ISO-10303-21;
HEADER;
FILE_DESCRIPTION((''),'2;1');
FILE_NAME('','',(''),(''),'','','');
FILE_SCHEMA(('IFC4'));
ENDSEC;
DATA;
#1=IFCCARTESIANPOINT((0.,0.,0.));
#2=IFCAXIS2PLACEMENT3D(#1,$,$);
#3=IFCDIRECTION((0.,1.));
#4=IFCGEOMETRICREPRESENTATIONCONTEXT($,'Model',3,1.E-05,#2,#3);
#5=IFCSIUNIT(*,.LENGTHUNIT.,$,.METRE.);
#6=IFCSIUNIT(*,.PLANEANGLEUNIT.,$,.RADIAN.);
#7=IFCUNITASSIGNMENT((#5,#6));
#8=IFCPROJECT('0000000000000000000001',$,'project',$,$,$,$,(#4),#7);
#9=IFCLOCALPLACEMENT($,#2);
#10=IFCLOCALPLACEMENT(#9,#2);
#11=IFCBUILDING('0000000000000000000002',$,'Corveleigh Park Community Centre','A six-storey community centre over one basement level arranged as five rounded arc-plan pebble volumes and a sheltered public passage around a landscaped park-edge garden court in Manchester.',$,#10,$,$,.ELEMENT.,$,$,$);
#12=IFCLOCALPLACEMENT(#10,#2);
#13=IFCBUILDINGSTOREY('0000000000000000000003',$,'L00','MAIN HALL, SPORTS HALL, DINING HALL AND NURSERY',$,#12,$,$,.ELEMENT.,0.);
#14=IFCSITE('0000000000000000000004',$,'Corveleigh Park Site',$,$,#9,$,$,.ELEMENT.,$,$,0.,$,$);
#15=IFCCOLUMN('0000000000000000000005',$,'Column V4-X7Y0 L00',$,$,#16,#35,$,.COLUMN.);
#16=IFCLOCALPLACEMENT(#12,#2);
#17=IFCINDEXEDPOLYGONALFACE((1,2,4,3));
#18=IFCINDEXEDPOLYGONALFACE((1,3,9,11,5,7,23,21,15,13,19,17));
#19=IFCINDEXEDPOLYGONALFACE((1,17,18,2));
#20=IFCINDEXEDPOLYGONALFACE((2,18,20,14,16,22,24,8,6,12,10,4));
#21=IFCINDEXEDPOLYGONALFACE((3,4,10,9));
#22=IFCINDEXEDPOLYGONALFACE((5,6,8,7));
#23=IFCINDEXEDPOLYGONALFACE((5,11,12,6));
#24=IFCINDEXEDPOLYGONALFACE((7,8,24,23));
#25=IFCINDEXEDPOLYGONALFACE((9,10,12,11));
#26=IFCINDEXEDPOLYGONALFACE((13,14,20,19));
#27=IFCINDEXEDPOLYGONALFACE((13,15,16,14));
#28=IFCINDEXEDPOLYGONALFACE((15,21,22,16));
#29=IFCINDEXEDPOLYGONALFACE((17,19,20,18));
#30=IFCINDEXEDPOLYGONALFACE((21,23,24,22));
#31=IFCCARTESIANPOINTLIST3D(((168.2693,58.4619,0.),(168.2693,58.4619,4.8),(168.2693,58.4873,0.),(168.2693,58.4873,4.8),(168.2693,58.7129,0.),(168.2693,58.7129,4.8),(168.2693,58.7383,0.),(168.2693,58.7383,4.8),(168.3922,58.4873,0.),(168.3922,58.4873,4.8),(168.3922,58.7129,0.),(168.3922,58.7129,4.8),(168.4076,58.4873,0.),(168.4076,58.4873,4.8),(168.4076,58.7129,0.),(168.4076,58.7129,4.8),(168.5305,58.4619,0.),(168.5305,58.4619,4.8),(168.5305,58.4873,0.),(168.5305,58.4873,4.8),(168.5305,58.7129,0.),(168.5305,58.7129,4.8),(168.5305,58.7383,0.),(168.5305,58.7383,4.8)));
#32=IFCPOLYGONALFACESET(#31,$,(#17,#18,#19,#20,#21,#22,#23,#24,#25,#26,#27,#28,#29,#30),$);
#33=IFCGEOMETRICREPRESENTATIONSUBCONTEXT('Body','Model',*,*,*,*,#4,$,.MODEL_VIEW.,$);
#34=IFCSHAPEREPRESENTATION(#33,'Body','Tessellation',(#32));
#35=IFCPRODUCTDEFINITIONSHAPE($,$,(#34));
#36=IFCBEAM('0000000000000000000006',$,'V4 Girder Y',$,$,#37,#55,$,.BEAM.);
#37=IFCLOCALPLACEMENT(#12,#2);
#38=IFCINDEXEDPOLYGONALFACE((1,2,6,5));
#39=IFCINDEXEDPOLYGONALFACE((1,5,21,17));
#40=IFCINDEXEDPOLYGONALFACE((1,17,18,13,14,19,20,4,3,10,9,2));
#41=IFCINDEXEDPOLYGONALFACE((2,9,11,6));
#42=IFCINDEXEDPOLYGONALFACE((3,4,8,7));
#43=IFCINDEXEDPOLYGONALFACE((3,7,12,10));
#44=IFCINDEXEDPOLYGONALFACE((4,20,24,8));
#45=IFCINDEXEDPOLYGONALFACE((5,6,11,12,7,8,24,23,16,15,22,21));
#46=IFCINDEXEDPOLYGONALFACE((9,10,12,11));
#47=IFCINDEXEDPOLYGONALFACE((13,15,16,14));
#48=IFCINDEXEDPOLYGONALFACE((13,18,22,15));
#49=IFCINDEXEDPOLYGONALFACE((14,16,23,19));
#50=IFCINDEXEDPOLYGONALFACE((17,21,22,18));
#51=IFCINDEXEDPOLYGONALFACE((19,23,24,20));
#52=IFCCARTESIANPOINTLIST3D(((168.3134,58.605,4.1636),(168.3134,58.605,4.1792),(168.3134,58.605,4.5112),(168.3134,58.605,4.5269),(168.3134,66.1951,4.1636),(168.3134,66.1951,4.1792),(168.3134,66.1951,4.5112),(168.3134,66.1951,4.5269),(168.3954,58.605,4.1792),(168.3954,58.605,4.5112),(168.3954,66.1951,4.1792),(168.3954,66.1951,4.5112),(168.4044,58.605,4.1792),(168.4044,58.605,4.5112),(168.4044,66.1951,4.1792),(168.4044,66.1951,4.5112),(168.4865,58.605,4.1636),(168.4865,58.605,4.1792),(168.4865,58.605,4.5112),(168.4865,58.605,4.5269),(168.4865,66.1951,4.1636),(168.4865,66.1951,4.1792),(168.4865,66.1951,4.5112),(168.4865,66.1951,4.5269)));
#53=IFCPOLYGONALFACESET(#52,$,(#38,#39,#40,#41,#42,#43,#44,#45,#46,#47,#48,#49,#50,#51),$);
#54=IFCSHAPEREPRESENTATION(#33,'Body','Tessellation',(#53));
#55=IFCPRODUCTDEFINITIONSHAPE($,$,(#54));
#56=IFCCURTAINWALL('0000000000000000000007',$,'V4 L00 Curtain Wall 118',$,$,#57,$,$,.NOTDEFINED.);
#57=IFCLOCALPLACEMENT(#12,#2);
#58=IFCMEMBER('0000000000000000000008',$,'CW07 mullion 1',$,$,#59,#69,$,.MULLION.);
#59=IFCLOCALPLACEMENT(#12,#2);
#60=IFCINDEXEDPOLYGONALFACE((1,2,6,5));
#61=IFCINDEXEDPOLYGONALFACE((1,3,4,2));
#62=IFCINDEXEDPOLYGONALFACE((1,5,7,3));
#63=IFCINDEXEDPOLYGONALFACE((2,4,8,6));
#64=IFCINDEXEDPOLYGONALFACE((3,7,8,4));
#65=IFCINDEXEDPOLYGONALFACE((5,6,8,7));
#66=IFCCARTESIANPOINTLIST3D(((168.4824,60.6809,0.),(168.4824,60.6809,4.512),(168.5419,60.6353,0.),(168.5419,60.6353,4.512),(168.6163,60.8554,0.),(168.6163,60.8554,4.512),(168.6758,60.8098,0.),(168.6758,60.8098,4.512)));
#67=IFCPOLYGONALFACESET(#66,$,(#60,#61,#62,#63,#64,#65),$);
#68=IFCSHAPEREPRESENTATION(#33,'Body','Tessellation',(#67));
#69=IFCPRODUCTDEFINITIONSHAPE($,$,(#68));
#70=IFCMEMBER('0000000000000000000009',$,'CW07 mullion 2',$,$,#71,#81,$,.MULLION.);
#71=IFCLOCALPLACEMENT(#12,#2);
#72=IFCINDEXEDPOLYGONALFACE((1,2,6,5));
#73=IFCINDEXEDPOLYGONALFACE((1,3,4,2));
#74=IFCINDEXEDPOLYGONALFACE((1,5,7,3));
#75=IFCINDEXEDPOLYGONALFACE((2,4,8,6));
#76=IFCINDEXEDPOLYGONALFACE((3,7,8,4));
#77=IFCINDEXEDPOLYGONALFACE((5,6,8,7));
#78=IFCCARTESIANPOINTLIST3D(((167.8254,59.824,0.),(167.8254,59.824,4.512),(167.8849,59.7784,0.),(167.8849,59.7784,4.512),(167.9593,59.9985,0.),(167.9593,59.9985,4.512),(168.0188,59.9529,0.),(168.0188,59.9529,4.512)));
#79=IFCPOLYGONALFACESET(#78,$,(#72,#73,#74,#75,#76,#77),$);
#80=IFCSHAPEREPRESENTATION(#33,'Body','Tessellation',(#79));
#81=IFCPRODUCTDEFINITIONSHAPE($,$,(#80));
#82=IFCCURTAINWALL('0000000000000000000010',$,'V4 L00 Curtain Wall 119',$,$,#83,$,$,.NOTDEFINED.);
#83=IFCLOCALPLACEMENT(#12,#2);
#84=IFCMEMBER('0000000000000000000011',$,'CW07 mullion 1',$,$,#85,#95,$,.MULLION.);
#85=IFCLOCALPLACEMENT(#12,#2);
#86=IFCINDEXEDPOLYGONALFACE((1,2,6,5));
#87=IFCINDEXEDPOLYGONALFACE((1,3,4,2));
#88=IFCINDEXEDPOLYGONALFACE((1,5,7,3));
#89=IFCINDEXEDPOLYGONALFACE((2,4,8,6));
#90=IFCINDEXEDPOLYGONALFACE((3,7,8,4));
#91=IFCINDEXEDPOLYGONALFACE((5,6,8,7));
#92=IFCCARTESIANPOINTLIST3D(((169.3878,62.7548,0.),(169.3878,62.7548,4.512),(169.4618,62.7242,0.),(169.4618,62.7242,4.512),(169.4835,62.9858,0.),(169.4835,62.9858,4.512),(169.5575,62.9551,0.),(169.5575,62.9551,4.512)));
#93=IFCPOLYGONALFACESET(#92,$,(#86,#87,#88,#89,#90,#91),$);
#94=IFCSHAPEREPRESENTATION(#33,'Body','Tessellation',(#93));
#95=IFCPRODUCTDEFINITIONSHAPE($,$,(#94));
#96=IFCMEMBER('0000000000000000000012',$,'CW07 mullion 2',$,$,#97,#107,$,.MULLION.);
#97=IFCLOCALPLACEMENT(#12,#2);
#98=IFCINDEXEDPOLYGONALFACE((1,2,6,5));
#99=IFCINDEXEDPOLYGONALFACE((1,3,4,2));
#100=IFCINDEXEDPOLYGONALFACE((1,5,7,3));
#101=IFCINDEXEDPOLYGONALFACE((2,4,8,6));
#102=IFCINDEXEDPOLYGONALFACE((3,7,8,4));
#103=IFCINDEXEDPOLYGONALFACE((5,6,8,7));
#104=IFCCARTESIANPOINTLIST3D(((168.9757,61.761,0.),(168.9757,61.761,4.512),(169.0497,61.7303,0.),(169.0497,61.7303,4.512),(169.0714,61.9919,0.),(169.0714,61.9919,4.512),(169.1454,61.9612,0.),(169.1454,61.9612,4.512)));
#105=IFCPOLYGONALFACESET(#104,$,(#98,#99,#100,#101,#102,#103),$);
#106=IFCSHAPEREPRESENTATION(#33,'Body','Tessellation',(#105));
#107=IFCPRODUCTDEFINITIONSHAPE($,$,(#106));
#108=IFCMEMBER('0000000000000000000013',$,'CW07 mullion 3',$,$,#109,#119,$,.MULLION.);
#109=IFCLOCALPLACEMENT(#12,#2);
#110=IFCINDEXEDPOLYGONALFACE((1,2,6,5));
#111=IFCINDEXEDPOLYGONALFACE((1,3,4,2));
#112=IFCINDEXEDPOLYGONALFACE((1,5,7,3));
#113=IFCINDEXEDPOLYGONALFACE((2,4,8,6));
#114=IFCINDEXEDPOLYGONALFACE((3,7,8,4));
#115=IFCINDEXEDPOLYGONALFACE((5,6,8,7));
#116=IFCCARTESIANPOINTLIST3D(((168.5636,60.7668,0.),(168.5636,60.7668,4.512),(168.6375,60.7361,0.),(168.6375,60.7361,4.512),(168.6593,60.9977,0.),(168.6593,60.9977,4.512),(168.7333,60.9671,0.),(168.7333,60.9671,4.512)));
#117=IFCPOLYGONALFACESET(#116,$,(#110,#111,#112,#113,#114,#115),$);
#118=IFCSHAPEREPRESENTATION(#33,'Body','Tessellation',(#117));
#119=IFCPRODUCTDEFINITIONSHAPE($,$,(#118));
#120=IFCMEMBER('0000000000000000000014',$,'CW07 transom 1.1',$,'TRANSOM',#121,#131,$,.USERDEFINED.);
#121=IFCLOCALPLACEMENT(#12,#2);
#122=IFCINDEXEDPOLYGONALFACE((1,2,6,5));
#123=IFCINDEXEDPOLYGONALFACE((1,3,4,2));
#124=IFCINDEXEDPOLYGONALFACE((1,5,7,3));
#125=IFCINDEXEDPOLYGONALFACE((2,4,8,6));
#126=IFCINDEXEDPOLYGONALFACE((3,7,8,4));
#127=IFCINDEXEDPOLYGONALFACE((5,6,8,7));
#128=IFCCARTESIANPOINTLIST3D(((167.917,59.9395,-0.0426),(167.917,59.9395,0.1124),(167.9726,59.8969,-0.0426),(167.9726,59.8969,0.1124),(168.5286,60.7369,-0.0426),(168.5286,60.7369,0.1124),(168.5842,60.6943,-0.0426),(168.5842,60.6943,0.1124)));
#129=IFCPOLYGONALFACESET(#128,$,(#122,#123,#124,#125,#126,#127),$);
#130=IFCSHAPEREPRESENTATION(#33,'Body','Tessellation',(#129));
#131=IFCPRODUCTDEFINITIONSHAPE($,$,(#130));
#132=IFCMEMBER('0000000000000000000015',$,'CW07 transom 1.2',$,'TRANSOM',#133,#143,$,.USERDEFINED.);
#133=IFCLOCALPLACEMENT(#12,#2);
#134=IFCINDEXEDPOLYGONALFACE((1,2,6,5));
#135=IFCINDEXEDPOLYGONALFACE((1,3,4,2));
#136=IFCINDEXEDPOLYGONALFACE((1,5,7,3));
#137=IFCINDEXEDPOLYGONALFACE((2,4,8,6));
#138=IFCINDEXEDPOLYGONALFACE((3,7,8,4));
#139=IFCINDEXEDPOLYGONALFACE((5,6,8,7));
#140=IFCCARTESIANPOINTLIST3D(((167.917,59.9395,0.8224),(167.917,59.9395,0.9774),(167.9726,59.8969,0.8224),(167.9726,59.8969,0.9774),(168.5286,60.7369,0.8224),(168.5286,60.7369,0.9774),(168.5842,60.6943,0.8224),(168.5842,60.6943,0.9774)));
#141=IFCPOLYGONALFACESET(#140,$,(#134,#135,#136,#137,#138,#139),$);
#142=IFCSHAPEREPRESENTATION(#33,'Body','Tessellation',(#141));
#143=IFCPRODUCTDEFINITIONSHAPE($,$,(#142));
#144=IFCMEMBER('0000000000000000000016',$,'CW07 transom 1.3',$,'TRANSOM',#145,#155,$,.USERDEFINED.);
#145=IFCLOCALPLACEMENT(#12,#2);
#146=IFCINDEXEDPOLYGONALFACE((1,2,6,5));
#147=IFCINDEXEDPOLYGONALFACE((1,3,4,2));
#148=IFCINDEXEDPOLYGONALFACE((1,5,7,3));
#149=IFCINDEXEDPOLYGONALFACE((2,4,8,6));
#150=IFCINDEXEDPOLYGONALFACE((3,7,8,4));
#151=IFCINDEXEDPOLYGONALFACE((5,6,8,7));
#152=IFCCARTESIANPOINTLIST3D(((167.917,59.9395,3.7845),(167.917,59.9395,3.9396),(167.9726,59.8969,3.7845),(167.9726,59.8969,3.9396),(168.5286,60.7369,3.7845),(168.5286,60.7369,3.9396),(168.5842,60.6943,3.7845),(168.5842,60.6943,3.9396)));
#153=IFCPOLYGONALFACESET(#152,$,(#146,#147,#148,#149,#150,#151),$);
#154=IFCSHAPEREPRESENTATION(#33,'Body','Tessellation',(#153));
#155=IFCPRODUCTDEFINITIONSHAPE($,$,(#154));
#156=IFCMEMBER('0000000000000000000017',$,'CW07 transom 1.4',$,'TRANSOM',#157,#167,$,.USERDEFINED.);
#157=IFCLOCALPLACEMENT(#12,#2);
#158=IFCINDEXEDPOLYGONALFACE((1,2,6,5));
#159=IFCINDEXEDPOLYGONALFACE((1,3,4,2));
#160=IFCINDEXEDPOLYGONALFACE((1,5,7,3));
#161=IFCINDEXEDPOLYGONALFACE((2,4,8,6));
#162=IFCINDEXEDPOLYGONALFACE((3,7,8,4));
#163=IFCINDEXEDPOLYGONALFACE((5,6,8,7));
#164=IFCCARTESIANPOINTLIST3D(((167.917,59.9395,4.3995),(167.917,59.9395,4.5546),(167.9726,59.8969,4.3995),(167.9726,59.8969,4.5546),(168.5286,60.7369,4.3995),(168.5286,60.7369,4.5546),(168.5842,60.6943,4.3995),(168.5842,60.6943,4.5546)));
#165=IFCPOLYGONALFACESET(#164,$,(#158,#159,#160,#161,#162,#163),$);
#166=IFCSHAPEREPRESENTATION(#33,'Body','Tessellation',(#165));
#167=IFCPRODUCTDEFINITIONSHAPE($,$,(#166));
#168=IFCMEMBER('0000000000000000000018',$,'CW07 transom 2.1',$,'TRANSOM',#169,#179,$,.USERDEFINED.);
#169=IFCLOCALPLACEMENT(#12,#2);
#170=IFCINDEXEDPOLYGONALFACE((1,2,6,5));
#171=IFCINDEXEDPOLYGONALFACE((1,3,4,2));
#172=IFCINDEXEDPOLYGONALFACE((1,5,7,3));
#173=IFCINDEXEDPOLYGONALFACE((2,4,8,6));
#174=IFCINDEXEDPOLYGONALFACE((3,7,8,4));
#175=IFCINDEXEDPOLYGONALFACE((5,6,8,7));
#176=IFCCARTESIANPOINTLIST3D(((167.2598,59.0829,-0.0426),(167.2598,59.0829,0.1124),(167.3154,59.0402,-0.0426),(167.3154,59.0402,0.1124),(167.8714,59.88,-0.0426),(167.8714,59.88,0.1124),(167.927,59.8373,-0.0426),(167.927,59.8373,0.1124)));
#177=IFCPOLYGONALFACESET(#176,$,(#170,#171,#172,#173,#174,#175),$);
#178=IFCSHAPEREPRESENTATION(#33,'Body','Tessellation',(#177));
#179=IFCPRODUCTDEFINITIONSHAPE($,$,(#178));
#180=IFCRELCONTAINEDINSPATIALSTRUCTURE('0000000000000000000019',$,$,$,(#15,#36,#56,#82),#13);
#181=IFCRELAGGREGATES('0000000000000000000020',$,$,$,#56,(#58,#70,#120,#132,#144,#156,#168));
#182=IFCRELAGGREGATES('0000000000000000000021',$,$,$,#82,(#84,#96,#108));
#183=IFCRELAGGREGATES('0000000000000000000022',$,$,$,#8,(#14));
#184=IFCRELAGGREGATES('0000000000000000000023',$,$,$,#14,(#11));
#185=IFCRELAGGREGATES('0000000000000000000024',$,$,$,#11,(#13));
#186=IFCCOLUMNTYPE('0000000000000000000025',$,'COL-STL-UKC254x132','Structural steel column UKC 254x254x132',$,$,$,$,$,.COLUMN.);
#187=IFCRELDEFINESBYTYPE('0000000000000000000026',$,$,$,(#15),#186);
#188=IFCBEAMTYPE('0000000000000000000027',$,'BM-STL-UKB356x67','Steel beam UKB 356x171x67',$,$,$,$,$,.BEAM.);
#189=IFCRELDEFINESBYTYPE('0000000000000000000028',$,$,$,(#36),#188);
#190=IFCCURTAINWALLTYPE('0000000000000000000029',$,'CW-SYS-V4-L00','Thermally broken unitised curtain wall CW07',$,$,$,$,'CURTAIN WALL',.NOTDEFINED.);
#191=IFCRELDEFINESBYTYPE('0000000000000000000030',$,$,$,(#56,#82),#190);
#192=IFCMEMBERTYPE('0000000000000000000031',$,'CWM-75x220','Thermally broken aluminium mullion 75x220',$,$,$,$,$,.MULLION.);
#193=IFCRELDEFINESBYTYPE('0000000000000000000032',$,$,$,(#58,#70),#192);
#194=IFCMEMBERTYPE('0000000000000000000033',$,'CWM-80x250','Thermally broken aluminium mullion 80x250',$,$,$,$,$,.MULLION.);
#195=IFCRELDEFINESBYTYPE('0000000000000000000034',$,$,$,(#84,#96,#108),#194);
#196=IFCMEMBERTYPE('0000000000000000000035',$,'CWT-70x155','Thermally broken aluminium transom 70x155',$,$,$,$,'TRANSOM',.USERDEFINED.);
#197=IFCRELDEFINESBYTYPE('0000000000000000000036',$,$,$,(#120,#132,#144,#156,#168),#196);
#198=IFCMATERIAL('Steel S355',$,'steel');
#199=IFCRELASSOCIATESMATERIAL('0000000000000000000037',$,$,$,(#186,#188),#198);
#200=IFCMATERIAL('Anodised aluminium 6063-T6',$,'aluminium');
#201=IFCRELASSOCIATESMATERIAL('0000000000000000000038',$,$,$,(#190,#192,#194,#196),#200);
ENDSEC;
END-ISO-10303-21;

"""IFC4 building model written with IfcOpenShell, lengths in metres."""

from ifc_helpers import new_model, si_unit, direction, frame, origin, origin_2d, place, context, subcontext, project, spatial, rectangle, i_section, extrude, material, material_profile, profile_set, type_object, element, aggregate, save


model = new_model("IFC4")

# Units and contexts
model_context = context("Model", 3, precision=1e-05, world=origin(), true_north=direction((0.0, 1.0)))
body_context = subcontext(model_context, "Body", "Model", "MODEL_VIEW")
ifc_project = project(units=[si_unit("LENGTHUNIT", "METRE"), si_unit("PLANEANGLEUNIT", "RADIAN")], contexts=[model_context])

# Site, building, storey
site_placement = place(None, origin())
site = spatial("IfcSite", under=ifc_project, at=site_placement, Name="Corveleigh Park Site", CompositionType="ELEMENT", RefElevation=0.0)
building_placement = place(site_placement, origin())
building = spatial("IfcBuilding", under=site, at=building_placement, Name="Corveleigh Park Community Centre", Description="A six-storey community centre over one basement level arranged as five rounded arc-plan pebble volumes and a sheltered public passage around a landscaped park-edge garden court in Manchester.", CompositionType="ELEMENT")
storey_placement = place(building_placement, origin())
storey = spatial("IfcBuildingStorey", under=building, at=storey_placement, Name="L00", Description="MAIN HALL, SPORTS HALL, DINING HALL AND NURSERY", CompositionType="ELEMENT", Elevation=0.0)

# Column
ifc_material_1 = material(Name="Steel S355", Category="steel")
ifc_material_profile_1 = material_profile(ifc_material_1, i_section(OverallWidth=0.2612, OverallDepth=0.2764, WebThickness=0.0154, FlangeThickness=0.0254, at=origin_2d()), Name="UKC 254x254x132", Category="steel")
ifc_profile_set_1 = profile_set([ifc_material_profile_1], Name="Steel S355")
column_type = type_object("IfcColumnType", Name="COL-STL-UKC254x132", Description="Structural steel column UKC 254x254x132", PredefinedType="COLUMN", material=ifc_profile_set_1)
column_placement = place(storey_placement, frame((168.3999, 58.6001, 0.0), z_axis=(0.0, 0.0, 1.0), x_axis=(1.0, 0.0, 0.0)))
element("IfcColumn", 1, at=column_placement, inside=storey, type_object=column_type, Name="Column V4-X7Y0 L00", PredefinedType="COLUMN", context=body_context, shape_type="SweptSolid", body=[
    extrude(i_section(OverallWidth=0.2612, OverallDepth=0.2764, WebThickness=0.0154, FlangeThickness=0.0254, at=origin_2d()), origin(), (0.0, 0.0, 1.0), 4.8),
])

# Beam
ifc_material_profile_2 = material_profile(ifc_material_1, i_section(OverallWidth=0.1731, OverallDepth=0.3633, WebThickness=0.009, FlangeThickness=0.0156, at=origin_2d()), Name="UKB 356x171x67", Category="steel")
ifc_profile_set_2 = profile_set([ifc_material_profile_2], Name="Steel S355")
beam_type = type_object("IfcBeamType", Name="BM-STL-UKB356x67", Description="Steel beam UKB 356x171x67", PredefinedType="BEAM", material=ifc_profile_set_2)
beam_placement = place(storey_placement, frame((168.3999, 58.605, 4.3452), z_axis=(0.0, 1.0, 0.0), x_axis=(-1.0, 0.0, 0.0)))
element("IfcBeam", 2, at=beam_placement, inside=storey, type_object=beam_type, Name="V4 Girder Y", PredefinedType="BEAM", context=body_context, shape_type="SweptSolid", body=[
    extrude(i_section(OverallWidth=0.1731, OverallDepth=0.3633, WebThickness=0.009, FlangeThickness=0.0156, at=origin_2d()), origin(), (0.0, 0.0, 1.0), 7.5901),
])

# Curtain walls, members
ifc_material_2 = material(Name="Anodised aluminium 6063-T6", Category="aluminium")
curtain_wall_type = type_object("IfcCurtainWallType", Name="CW-SYS-V4-L00", Description="Thermally broken unitised curtain wall CW07", ElementType="CURTAIN WALL", PredefinedType="NOTDEFINED", material=ifc_material_2)
curtain_wall_1_placement = place(storey_placement, origin())
curtain_wall_1 = element("IfcCurtainWall", 3, at=curtain_wall_1_placement, inside=storey, type_object=curtain_wall_type, Name="V4 L00 Curtain Wall 118", PredefinedType="NOTDEFINED")
ifc_material_profile_3 = material_profile(ifc_material_2, rectangle(XDim=0.075, YDim=0.22, at=origin_2d()), Name="ALU-M75x220", Category="aluminium")
ifc_profile_set_3 = profile_set([ifc_material_profile_3], Name="Anodised aluminium 6063-T6")
member_type_1 = type_object("IfcMemberType", Name="CWM-75x220", Description="Thermally broken aluminium mullion 75x220", PredefinedType="MULLION", material=ifc_profile_set_3)
member_1_placement = place(storey_placement, frame((168.5791, 60.7454, 0.0), z_axis=(0.0, 0.0, 1.0), x_axis=(0.793455, -0.608629, 0.0)))
member_1 = element("IfcMember", 4, at=member_1_placement, type_object=member_type_1, Name="CW07 mullion 1", PredefinedType="MULLION", context=body_context, shape_type="SweptSolid", body=[
    extrude(rectangle(XDim=0.075, YDim=0.22, at=origin_2d()), origin(), (0.0, 0.0, 1.0), 4.512),
])
member_2_placement = place(storey_placement, frame((167.9221, 59.8884, 0.0), z_axis=(0.0, 0.0, 1.0), x_axis=(0.793455, -0.608629, 0.0)))
member_2 = element("IfcMember", 5, at=member_2_placement, type_object=member_type_1, Name="CW07 mullion 2", PredefinedType="MULLION", context=body_context, shape_type="SweptSolid", body=[
    extrude(rectangle(XDim=0.075, YDim=0.22, at=origin_2d()), origin(), (0.0, 0.0, 1.0), 4.512),
])
curtain_wall_2_placement = place(storey_placement, origin())
curtain_wall_2 = element("IfcCurtainWall", 6, at=curtain_wall_2_placement, inside=storey, type_object=curtain_wall_type, Name="V4 L00 Curtain Wall 119", PredefinedType="NOTDEFINED")
ifc_material_profile_4 = material_profile(ifc_material_2, rectangle(XDim=0.0801, YDim=0.25, at=origin_2d()), Name="ALU-M80x250", Category="aluminium")
ifc_profile_set_4 = profile_set([ifc_material_profile_4], Name="Anodised aluminium 6063-T6")
member_type_2 = type_object("IfcMemberType", Name="CWM-80x250", Description="Thermally broken aluminium mullion 80x250", PredefinedType="MULLION", material=ifc_profile_set_4)
member_3_placement = place(storey_placement, frame((169.4727, 62.855, 0.0), z_axis=(0.0, 0.0, 1.0), x_axis=(0.923738, -0.383024, 0.0)))
member_3 = element("IfcMember", 7, at=member_3_placement, type_object=member_type_2, Name="CW07 mullion 1", PredefinedType="MULLION", context=body_context, shape_type="SweptSolid", body=[
    extrude(rectangle(XDim=0.0801, YDim=0.25, at=origin_2d()), origin(), (0.0, 0.0, 1.0), 4.512),
])
member_4_placement = place(storey_placement, frame((169.0605, 61.8611, 0.0), z_axis=(0.0, 0.0, 1.0), x_axis=(0.923738, -0.383024, 0.0)))
member_4 = element("IfcMember", 8, at=member_4_placement, type_object=member_type_2, Name="CW07 mullion 2", PredefinedType="MULLION", context=body_context, shape_type="SweptSolid", body=[
    extrude(rectangle(XDim=0.0801, YDim=0.25, at=origin_2d()), origin(), (0.0, 0.0, 1.0), 4.512),
])
member_5_placement = place(storey_placement, frame((168.6484, 60.8669, 0.0), z_axis=(0.0, 0.0, 1.0), x_axis=(0.923738, -0.383024, 0.0)))
member_5 = element("IfcMember", 9, at=member_5_placement, type_object=member_type_2, Name="CW07 mullion 3", PredefinedType="MULLION", context=body_context, shape_type="SweptSolid", body=[
    extrude(rectangle(XDim=0.0801, YDim=0.25, at=origin_2d()), origin(), (0.0, 0.0, 1.0), 4.512),
])

# Members
ifc_material_profile_5 = material_profile(ifc_material_2, rectangle(XDim=0.0701, YDim=0.155, at=origin_2d()), Name="ALU-T70x155", Category="aluminium")
ifc_profile_set_5 = profile_set([ifc_material_profile_5], Name="Anodised aluminium 6063-T6")
member_type_3 = type_object("IfcMemberType", Name="CWT-70x155", Description="Thermally broken aluminium transom 70x155", ElementType="TRANSOM", PredefinedType="USERDEFINED", material=ifc_profile_set_5)
member_6_placement = place(storey_placement, frame((168.5564, 60.7156, 0.0349), z_axis=(-0.608595, -0.793481, 0.0), x_axis=(0.793481, -0.608595, 0.0)))
member_6 = element("IfcMember", 10, at=member_6_placement, type_object=member_type_3, Name="CW07 transom 1.1", ObjectType="TRANSOM", PredefinedType="USERDEFINED", context=body_context, shape_type="SweptSolid", body=[
    extrude(rectangle(XDim=0.0701, YDim=0.155, at=origin_2d()), origin(), (0.0, 0.0, 1.0), 1.0049),
])
member_7_placement = place(storey_placement, frame((168.5564, 60.7156, 0.8999), z_axis=(-0.608595, -0.793481, 0.0), x_axis=(0.793481, -0.608595, 0.0)))
member_7 = element("IfcMember", 11, at=member_7_placement, type_object=member_type_3, Name="CW07 transom 1.2", ObjectType="TRANSOM", PredefinedType="USERDEFINED", context=body_context, shape_type="SweptSolid", body=[
    extrude(rectangle(XDim=0.0701, YDim=0.155, at=origin_2d()), origin(), (0.0, 0.0, 1.0), 1.0049),
])
member_8_placement = place(storey_placement, frame((168.5564, 60.7156, 3.8621), z_axis=(-0.608595, -0.793481, 0.0), x_axis=(0.793481, -0.608595, 0.0)))
member_8 = element("IfcMember", 12, at=member_8_placement, type_object=member_type_3, Name="CW07 transom 1.3", ObjectType="TRANSOM", PredefinedType="USERDEFINED", context=body_context, shape_type="SweptSolid", body=[
    extrude(rectangle(XDim=0.0701, YDim=0.155, at=origin_2d()), origin(), (0.0, 0.0, 1.0), 1.0049),
])
member_9_placement = place(storey_placement, frame((168.5564, 60.7156, 4.4771), z_axis=(-0.608595, -0.793481, 0.0), x_axis=(0.793481, -0.608595, 0.0)))
member_9 = element("IfcMember", 13, at=member_9_placement, type_object=member_type_3, Name="CW07 transom 1.4", ObjectType="TRANSOM", PredefinedType="USERDEFINED", context=body_context, shape_type="SweptSolid", body=[
    extrude(rectangle(XDim=0.0701, YDim=0.155, at=origin_2d()), origin(), (0.0, 0.0, 1.0), 1.0049),
])
member_10_placement = place(storey_placement, frame((167.8992, 59.8586, 0.0349), z_axis=(-0.608712, -0.793391, 0.0), x_axis=(0.793391, -0.608712, 0.0)))
member_10 = element("IfcMember", 14, at=member_10_placement, type_object=member_type_3, Name="CW07 transom 2.1", ObjectType="TRANSOM", PredefinedType="USERDEFINED", context=body_context, shape_type="SweptSolid", body=[
    extrude(rectangle(XDim=0.0701, YDim=0.155, at=origin_2d()), origin(), (0.0, 0.0, 1.0), 1.0046),
])

aggregate(curtain_wall_1, [member_1, member_2, member_6, member_7, member_8, member_9, member_10])
aggregate(curtain_wall_2, [member_3, member_4, member_5])

save(model, "model.ifc")
